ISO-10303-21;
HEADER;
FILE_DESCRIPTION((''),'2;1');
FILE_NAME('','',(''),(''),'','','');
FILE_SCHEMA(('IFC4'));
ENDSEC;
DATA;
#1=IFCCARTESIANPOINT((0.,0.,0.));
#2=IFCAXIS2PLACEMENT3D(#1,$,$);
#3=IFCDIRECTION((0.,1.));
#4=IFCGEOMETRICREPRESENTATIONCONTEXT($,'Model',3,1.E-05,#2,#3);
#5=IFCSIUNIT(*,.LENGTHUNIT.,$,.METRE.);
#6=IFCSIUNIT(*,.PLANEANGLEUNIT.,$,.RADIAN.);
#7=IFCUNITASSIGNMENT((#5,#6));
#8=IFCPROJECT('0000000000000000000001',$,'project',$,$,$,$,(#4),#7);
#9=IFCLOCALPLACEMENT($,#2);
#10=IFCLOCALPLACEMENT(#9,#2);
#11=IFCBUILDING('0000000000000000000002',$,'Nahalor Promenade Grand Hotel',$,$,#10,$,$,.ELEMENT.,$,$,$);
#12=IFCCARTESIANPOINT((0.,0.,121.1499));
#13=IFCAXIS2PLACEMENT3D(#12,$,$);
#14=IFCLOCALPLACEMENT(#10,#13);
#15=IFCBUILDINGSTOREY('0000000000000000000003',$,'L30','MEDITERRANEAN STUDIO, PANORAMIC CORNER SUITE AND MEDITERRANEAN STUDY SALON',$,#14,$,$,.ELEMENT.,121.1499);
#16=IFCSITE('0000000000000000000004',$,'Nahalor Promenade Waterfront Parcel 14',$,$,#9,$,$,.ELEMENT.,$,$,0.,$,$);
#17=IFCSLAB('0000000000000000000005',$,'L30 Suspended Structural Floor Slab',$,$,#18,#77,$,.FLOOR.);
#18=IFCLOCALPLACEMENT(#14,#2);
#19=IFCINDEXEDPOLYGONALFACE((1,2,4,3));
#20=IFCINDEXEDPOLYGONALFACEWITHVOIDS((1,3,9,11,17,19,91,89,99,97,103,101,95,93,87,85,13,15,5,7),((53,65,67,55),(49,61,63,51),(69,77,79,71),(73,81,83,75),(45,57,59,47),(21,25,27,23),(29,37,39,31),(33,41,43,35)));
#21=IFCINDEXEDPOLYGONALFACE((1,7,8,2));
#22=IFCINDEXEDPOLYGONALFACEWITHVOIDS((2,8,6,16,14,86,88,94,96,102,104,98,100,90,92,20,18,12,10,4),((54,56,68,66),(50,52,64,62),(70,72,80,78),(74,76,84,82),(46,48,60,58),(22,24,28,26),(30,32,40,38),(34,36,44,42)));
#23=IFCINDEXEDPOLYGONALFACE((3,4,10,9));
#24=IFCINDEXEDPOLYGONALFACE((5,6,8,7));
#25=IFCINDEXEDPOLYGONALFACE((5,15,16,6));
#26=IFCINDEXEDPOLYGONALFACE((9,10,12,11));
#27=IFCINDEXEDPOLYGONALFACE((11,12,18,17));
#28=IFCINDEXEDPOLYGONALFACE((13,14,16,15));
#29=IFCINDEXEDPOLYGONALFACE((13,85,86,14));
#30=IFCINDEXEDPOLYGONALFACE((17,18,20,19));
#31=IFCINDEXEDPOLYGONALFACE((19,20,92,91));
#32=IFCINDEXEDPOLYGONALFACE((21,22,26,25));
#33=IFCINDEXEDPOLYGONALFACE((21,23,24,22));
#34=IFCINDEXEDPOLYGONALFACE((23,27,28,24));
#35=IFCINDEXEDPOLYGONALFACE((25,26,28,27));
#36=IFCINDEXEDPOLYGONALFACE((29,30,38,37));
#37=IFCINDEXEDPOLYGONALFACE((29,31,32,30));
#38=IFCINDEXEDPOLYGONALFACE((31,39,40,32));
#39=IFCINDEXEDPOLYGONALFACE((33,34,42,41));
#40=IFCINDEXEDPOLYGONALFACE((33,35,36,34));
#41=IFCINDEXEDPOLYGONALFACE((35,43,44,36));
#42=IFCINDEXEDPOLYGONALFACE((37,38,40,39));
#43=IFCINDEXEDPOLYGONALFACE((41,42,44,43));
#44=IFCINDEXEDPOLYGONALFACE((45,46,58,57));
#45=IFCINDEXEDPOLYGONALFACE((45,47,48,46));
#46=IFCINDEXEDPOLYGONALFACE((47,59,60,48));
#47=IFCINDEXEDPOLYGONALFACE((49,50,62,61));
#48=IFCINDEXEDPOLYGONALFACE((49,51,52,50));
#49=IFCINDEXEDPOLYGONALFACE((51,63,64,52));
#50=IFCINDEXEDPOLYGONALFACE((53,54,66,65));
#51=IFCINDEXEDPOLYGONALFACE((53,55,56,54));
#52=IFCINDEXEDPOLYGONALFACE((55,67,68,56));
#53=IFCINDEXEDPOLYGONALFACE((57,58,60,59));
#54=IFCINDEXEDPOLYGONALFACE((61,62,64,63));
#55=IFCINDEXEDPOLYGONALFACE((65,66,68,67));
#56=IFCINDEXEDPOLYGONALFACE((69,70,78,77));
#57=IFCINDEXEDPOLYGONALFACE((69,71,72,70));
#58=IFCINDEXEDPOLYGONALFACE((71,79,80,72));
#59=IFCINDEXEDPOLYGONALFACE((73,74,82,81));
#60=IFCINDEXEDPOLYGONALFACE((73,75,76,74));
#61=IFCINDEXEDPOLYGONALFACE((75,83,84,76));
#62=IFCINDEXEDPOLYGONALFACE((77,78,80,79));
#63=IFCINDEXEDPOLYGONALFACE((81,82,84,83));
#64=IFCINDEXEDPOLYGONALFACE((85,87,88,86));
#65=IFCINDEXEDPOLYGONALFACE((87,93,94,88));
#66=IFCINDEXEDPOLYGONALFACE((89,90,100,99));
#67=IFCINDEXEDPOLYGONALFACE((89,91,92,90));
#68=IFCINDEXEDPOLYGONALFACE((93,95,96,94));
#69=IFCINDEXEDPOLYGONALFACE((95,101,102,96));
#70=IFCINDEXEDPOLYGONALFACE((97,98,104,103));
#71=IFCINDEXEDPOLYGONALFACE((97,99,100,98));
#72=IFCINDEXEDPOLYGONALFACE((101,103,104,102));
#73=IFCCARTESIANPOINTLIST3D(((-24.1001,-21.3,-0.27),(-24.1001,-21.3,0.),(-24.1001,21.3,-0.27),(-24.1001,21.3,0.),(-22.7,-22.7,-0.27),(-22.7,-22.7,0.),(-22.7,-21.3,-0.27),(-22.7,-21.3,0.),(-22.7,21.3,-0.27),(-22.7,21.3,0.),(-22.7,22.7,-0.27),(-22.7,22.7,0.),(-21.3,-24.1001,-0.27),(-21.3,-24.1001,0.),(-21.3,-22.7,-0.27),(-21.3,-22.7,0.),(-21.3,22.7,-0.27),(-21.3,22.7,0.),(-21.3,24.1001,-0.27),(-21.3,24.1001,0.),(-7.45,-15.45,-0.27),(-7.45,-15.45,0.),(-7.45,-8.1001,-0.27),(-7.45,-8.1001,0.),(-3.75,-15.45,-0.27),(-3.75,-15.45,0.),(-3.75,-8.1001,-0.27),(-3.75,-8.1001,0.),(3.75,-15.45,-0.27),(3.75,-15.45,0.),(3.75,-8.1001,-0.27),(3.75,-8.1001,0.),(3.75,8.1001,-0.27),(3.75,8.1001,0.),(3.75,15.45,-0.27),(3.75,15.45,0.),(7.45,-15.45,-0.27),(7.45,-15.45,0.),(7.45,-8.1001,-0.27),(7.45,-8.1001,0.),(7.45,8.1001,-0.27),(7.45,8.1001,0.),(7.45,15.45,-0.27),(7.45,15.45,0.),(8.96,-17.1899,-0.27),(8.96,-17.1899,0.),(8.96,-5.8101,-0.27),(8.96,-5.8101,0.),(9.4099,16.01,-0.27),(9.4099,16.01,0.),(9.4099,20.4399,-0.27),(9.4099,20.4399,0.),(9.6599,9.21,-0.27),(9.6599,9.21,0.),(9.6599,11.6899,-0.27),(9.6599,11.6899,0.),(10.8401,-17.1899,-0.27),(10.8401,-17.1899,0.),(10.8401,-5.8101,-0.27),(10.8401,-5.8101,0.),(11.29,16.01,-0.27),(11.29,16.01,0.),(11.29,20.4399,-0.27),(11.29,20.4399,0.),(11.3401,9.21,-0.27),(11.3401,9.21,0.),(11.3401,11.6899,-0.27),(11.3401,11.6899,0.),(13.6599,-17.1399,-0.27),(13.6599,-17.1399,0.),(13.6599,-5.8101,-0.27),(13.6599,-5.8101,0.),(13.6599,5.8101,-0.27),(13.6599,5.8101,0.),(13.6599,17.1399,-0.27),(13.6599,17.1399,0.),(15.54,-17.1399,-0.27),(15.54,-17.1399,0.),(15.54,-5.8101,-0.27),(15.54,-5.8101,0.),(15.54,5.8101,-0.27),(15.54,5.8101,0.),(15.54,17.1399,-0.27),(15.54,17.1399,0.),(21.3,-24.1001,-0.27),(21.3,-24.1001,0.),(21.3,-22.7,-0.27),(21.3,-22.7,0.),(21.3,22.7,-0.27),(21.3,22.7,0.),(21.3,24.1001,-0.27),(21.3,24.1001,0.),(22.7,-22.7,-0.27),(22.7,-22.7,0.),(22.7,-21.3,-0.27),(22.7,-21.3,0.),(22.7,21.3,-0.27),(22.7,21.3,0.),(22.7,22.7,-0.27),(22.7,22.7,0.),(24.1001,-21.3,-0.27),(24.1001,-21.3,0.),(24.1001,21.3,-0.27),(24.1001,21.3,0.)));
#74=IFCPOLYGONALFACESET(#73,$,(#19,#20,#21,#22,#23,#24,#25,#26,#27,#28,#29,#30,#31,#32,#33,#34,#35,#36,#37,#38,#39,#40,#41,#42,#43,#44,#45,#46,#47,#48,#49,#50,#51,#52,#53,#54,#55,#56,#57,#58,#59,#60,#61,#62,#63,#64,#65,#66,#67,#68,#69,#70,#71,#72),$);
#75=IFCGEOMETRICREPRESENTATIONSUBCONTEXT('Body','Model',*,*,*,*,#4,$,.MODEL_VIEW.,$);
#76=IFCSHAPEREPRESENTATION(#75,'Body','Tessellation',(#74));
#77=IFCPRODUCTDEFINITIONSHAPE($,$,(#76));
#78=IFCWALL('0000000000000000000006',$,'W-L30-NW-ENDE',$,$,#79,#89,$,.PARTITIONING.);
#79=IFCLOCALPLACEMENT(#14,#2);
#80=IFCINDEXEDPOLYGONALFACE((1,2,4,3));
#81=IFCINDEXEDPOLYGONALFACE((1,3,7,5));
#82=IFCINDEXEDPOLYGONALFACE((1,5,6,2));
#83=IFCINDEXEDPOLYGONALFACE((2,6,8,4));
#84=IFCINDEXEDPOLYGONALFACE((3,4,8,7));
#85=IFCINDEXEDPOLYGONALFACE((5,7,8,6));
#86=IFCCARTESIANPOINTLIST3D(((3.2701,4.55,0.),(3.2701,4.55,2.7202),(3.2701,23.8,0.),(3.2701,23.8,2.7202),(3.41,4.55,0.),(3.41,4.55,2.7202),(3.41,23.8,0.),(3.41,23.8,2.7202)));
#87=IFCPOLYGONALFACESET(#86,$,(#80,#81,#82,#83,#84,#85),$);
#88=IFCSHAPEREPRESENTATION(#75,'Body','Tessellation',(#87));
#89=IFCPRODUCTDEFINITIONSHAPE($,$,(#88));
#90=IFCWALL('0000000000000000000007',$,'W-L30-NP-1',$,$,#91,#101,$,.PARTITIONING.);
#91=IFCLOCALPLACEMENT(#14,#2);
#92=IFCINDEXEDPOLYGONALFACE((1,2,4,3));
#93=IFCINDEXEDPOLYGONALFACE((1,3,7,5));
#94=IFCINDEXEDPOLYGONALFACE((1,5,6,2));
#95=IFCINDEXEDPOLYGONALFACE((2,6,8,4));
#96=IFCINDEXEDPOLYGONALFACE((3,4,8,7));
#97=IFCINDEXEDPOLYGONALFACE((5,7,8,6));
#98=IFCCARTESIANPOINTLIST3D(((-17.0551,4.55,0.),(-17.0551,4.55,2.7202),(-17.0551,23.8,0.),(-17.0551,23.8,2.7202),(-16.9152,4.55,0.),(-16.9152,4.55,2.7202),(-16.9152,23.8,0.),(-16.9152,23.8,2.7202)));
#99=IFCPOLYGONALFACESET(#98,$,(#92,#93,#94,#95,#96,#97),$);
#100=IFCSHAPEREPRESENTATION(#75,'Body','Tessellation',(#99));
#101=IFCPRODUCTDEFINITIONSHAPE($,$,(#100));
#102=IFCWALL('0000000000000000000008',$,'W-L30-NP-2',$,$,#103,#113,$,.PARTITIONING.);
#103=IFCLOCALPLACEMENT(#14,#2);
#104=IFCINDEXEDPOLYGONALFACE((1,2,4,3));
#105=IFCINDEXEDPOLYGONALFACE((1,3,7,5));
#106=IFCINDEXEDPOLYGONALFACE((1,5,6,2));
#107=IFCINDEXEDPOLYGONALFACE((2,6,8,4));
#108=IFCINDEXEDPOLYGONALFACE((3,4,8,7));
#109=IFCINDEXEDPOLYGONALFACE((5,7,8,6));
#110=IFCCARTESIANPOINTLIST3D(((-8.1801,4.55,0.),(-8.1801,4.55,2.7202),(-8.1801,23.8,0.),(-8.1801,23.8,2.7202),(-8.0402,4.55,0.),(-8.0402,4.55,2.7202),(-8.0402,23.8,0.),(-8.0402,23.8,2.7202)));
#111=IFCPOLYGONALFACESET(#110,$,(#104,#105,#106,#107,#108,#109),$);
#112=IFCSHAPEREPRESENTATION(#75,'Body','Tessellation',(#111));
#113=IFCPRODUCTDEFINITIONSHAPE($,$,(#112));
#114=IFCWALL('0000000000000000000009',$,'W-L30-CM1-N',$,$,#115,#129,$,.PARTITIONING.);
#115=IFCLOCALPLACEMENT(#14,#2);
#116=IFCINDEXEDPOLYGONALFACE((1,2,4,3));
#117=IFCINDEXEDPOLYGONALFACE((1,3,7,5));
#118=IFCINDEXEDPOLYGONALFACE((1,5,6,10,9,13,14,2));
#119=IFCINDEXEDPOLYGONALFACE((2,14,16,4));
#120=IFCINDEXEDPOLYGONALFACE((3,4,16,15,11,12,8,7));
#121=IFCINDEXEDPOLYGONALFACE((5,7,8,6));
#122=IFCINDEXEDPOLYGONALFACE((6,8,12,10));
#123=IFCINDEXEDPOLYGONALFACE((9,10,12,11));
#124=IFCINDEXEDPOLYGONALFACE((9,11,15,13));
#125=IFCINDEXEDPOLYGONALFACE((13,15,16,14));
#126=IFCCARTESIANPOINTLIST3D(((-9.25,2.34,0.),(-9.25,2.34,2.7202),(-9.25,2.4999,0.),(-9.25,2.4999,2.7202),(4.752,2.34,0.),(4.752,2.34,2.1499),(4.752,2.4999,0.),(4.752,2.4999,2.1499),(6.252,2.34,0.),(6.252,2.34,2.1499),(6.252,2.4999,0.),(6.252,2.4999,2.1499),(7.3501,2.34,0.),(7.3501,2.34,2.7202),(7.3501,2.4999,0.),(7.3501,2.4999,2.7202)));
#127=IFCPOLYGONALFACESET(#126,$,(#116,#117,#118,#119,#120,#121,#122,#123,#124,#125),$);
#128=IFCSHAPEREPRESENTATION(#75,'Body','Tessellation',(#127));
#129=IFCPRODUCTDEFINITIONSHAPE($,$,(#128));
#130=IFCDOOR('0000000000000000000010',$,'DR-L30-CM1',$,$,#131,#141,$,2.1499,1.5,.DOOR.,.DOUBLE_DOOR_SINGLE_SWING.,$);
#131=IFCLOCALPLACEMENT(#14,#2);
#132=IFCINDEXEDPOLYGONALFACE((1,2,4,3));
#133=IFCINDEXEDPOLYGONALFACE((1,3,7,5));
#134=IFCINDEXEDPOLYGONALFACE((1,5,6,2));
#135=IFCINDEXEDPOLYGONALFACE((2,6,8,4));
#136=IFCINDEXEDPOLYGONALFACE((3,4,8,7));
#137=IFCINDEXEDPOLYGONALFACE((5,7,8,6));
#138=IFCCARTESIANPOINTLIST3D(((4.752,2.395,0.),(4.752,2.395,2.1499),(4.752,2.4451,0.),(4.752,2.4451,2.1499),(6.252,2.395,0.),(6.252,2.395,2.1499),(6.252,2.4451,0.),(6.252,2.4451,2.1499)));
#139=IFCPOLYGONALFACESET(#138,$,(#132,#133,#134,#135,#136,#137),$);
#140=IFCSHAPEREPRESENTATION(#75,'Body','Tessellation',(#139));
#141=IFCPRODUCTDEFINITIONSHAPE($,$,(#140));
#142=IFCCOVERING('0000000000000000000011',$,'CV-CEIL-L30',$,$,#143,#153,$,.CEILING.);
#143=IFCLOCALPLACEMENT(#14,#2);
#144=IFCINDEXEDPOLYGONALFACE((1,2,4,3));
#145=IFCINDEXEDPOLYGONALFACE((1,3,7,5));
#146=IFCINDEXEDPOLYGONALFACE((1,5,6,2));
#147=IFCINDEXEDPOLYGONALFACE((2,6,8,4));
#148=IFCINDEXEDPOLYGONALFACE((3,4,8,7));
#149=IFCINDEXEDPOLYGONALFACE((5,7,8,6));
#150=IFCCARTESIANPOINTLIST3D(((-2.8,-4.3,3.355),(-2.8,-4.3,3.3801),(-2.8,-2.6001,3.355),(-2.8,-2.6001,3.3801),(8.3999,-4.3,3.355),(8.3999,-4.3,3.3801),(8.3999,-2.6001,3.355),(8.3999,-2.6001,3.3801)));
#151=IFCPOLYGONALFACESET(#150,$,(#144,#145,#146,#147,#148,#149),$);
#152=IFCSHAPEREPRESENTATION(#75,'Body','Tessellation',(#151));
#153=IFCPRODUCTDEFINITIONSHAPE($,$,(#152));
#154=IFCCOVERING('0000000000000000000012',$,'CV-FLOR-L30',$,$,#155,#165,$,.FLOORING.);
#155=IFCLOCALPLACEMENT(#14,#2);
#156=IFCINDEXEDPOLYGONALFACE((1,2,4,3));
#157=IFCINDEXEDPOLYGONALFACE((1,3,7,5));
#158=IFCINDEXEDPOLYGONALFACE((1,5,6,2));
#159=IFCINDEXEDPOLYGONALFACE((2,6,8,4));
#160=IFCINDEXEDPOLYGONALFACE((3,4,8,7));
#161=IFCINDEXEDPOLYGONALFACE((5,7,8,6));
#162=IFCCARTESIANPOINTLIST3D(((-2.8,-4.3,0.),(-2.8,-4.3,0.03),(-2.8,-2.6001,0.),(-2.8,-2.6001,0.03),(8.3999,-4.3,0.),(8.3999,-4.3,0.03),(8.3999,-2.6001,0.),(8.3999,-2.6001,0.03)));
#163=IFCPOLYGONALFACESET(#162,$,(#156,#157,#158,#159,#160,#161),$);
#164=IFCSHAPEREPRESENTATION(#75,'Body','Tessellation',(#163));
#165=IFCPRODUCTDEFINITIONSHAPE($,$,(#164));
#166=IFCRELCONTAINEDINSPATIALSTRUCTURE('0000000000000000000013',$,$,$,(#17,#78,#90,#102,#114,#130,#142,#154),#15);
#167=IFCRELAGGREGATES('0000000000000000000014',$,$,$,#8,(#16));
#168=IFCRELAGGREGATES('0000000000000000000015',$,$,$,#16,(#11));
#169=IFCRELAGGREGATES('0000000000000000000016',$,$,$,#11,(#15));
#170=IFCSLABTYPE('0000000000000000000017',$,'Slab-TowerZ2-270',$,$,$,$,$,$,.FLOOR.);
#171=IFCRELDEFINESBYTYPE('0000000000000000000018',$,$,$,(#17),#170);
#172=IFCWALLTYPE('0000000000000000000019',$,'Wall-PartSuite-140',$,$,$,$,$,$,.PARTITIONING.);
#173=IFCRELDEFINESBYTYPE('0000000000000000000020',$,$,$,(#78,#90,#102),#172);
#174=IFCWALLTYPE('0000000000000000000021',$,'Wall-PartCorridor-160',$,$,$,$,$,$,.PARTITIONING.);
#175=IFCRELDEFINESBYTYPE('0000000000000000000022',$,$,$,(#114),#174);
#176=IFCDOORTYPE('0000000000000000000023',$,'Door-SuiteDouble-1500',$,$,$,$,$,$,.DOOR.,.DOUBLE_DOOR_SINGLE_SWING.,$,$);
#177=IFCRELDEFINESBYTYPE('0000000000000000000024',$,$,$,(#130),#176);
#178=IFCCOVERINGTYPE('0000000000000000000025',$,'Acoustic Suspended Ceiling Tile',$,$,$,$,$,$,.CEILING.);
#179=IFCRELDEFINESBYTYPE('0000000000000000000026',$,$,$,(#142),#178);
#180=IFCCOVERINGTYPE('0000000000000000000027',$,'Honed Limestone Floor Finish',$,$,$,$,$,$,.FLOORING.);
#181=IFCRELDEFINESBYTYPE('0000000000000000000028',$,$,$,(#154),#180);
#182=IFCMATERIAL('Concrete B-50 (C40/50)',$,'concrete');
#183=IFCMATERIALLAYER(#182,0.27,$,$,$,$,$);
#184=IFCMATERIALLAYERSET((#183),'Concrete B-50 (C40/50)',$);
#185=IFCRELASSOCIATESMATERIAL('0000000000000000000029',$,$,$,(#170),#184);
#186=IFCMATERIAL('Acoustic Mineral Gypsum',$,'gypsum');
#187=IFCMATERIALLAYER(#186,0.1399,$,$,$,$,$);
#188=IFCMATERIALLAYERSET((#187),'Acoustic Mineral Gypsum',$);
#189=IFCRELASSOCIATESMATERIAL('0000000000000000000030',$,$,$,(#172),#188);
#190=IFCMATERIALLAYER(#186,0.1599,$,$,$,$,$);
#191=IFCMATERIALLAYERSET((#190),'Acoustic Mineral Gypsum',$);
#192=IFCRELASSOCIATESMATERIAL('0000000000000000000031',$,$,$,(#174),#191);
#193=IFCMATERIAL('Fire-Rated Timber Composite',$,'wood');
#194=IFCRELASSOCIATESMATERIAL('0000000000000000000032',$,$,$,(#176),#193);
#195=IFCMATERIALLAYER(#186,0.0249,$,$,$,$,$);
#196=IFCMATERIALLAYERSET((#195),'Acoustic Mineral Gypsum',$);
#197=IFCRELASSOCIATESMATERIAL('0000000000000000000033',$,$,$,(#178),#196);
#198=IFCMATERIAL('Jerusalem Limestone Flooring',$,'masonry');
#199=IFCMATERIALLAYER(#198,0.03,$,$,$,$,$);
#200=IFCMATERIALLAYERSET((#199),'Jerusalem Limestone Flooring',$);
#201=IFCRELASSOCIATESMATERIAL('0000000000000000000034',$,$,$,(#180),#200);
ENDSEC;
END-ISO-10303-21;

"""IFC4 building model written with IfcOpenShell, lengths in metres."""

from ifc_helpers import new_model, si_unit, direction, frame, frame_2d, origin, place, context, subcontext, project, spatial, polyline, rectangle, outline, extrude, source, transform, mapped, material, layer, layer_set, type_object, element, fill, save


model = new_model("IFC4")

# Units and contexts
model_context = context("Model", 3, precision=1e-05, world=origin(), true_north=direction((0.0, 1.0)))
body_context = subcontext(model_context, "Body", "Model", "MODEL_VIEW")
ifc_project = project(units=[si_unit("LENGTHUNIT", "METRE"), si_unit("PLANEANGLEUNIT", "RADIAN")], contexts=[model_context])

# Site, building, storey
site_placement = place(None, origin())
site = spatial("IfcSite", under=ifc_project, at=site_placement, Name="Nahalor Promenade Waterfront Parcel 14", CompositionType="ELEMENT", RefElevation=0.0)
building_placement = place(site_placement, origin())
building = spatial("IfcBuilding", under=site, at=building_placement, Name="Nahalor Promenade Grand Hotel", CompositionType="ELEMENT")
storey_placement = place(building_placement, frame((0.0, 0.0, 121.1499)))
storey = spatial("IfcBuildingStorey", under=building, at=storey_placement, Name="L30", Description="MEDITERRANEAN STUDIO, PANORAMIC CORNER SUITE AND MEDITERRANEAN STUDY SALON", CompositionType="ELEMENT", Elevation=121.1499)

# Shared definitions
ifc_material_1 = material(Name="Concrete B-50 (C40/50)", Category="concrete")

# Slab
ifc_layer_1 = layer(ifc_material_1, 0.27)
ifc_layer_set_1 = layer_set([ifc_layer_1], Name="Concrete B-50 (C40/50)")
slab_type_1 = type_object("IfcSlabType", Name="Slab-TowerZ2-270", PredefinedType="FLOOR", material=ifc_layer_set_1)
slab_1_placement = place(storey_placement, frame((0.0, 0.0, -0.27)))
element("IfcSlab", 1, at=slab_1_placement, inside=storey, type_object=slab_type_1, Name="L30 Suspended Structural Floor Slab", PredefinedType="FLOOR", context=body_context, shape_type="SweptSolid", body=[
    extrude(outline(polyline([(-21.3, -24.1001), (21.3, -24.1001), (21.3, -22.7), (22.7, -22.7), (22.7, -21.3), (24.1001, -21.3), (24.1001, 21.3), (22.7, 21.3), (22.7, 22.7), (21.3, 22.7), (21.3, 24.1001), (-21.3, 24.1001), (-21.3, 22.7), (-22.7, 22.7), (-22.7, 21.3), (-24.1001, 21.3), (-24.1001, -21.3), (-22.7, -21.3), (-22.7, -22.7), (-21.3, -22.7), (-21.3, -24.1001)]), holes=[polyline([(3.75, 8.1001), (7.45, 8.1001), (7.45, 15.45), (3.75, 15.45), (3.75, 8.1001)]), polyline([(3.75, -15.45), (7.45, -15.45), (7.45, -8.1001), (3.75, -8.1001), (3.75, -15.45)]), polyline([(-7.45, -15.45), (-3.75, -15.45), (-3.75, -8.1001), (-7.45, -8.1001), (-7.45, -15.45)]), polyline([(13.6599, 5.8101), (15.54, 5.8101), (15.54, 17.1399), (13.6599, 17.1399), (13.6599, 5.8101)]), polyline([(13.6599, -17.1399), (15.54, -17.1399), (15.54, -5.8101), (13.6599, -5.8101), (13.6599, -17.1399)]), polyline([(8.96, -17.1899), (10.8401, -17.1899), (10.8401, -5.8101), (8.96, -5.8101), (8.96, -17.1899)]), polyline([(9.4099, 16.01), (11.29, 16.01), (11.29, 20.4399), (9.4099, 20.4399), (9.4099, 16.01)]), polyline([(9.6599, 9.21), (11.3401, 9.21), (11.3401, 11.6899), (9.6599, 11.6899), (9.6599, 9.21)])]), origin(), (0.0, 0.0, 1.0), 0.27),
])

# Walls
ifc_material_2 = material(Name="Acoustic Mineral Gypsum", Category="gypsum")
ifc_layer_2 = layer(ifc_material_2, 0.1399)
ifc_layer_set_2 = layer_set([ifc_layer_2], Name="Acoustic Mineral Gypsum")
wall_type_1 = type_object("IfcWallType", Name="Wall-PartSuite-140", PredefinedType="PARTITIONING", material=ifc_layer_set_2)
shared_shape_1 = source(origin(), body_context, "Body", "SweptSolid", [
    extrude(rectangle(XDim=19.25, YDim=0.1399, at=frame_2d((9.625, 0.0))), origin(), (0.0, 0.0, 1.0), 2.7202),
])
for number, where, z_axis, x_axis, name in (
    (2, (3.3401, 4.55, 0.0), (0.0, 0.0, 1.0), (0.0, 1.0, 0.0), "W-L30-NW-ENDE"),
    (3, (-16.9851, 4.55, 0.0), (0.0, 0.0, 1.0), (0.0, 1.0, 0.0), "W-L30-NP-1"),
    (4, (-8.1101, 4.55, 0.0), (0.0, 0.0, 1.0), (0.0, 1.0, 0.0), "W-L30-NP-2"),
):
    element("IfcWall", number, at=place(storey_placement, frame(where, z_axis=z_axis, x_axis=x_axis)), inside=storey, type_object=wall_type_1, Name=name, PredefinedType="PARTITIONING", context=body_context, shape_type="MappedRepresentation", body=[
        mapped(shared_shape_1, transform((0.0, 0.0, 0.0), scale=1.0)),
    ])

# Wall, opening, door
ifc_layer_3 = layer(ifc_material_2, 0.1599)
ifc_layer_set_3 = layer_set([ifc_layer_3], Name="Acoustic Mineral Gypsum")
wall_type_2 = type_object("IfcWallType", Name="Wall-PartCorridor-160", PredefinedType="PARTITIONING", material=ifc_layer_set_3)
shared_shape_2 = source(origin(), body_context, "Body", "SweptSolid", [
    extrude(rectangle(XDim=16.6001, YDim=0.1599, at=frame_2d((8.3, 0.0))), origin(), (0.0, 0.0, 1.0), 2.7202),
])
wall_placement = place(storey_placement, frame((-9.25, 2.4199, 0.0), z_axis=(0.0, 0.0, 1.0), x_axis=(1.0, 0.0, 0.0)))
wall = element("IfcWall", 5, at=wall_placement, inside=storey, type_object=wall_type_2, Name="W-L30-CM1-N", PredefinedType="PARTITIONING", context=body_context, shape_type="MappedRepresentation", body=[
    mapped(shared_shape_2, transform((0.0, 0.0, 0.0), scale=1.0)),
])
opening_placement = place(wall_placement, frame((14.002, 0.0, 0.0)))
opening = element("IfcOpeningElement", 6, at=opening_placement, cuts=wall, PredefinedType="OPENING", context=body_context, shape_type="SweptSolid", body=[
    extrude(rectangle(XDim=1.5, YDim=2.1499, at=frame_2d((0.75, 1.075))), frame((0.0, 0.0898, 0.0), z_axis=(0.0, -1.0, 0.0), x_axis=(1.0, 0.0, 0.0)), (0.0, 0.0, 1.0), 0.1799),
])
ifc_material_3 = material(Name="Fire-Rated Timber Composite", Category="wood")
door_type = type_object("IfcDoorType", Name="Door-SuiteDouble-1500", OperationType="DOUBLE_DOOR_SINGLE_SWING", PredefinedType="DOOR", material=ifc_material_3)
shared_shape_3 = source(origin(), body_context, "Body", "SweptSolid", [
    extrude(rectangle(XDim=1.5, YDim=2.1499, at=frame_2d((0.75, 1.075))), frame((0.0, 0.0249, 0.0), z_axis=(0.0, -1.0, 0.0), x_axis=(1.0, 0.0, 0.0)), (0.0, 0.0, 1.0), 0.05),
])
door_placement = place(opening_placement, frame((1.5, 0.0, 0.0), z_axis=(0.0, 0.0, 1.0), x_axis=(-1.0, 0.0, 0.0)))
door = element("IfcDoor", 7, at=door_placement, inside=storey, type_object=door_type, Name="DR-L30-CM1", OperationType="DOUBLE_DOOR_SINGLE_SWING", OverallHeight=2.1499, OverallWidth=1.5, PredefinedType="DOOR", context=body_context, shape_type="MappedRepresentation", body=[
    mapped(shared_shape_3, transform((0.0, 0.0, 0.0), scale=1.0)),
])
fill(opening, door)

# Coverings
ifc_layer_4 = layer(ifc_material_2, 0.0249)
ifc_layer_set_4 = layer_set([ifc_layer_4], Name="Acoustic Mineral Gypsum")
covering_type_1 = type_object("IfcCoveringType", Name="Acoustic Suspended Ceiling Tile", PredefinedType="CEILING", material=ifc_layer_set_4)
covering_1_placement = place(storey_placement, frame((0.0, 0.0, 3.355)))
element("IfcCovering", 8, at=covering_1_placement, inside=storey, type_object=covering_type_1, Name="CV-CEIL-L30", PredefinedType="CEILING", context=body_context, shape_type="SweptSolid", body=[
    extrude(outline(polyline([(-2.8, -4.3), (8.3999, -4.3), (8.3999, -2.6001), (-2.8, -2.6001), (-2.8, -4.3)])), origin(), (0.0, 0.0, 1.0), 0.0251),
])
ifc_material_4 = material(Name="Jerusalem Limestone Flooring", Category="masonry")
ifc_layer_5 = layer(ifc_material_4, 0.03)
ifc_layer_set_5 = layer_set([ifc_layer_5], Name="Jerusalem Limestone Flooring")
covering_type_2 = type_object("IfcCoveringType", Name="Honed Limestone Floor Finish", PredefinedType="FLOORING", material=ifc_layer_set_5)
covering_2_placement = place(storey_placement, origin())
element("IfcCovering", 9, at=covering_2_placement, inside=storey, type_object=covering_type_2, Name="CV-FLOR-L30", PredefinedType="FLOORING", context=body_context, shape_type="SweptSolid", body=[
    extrude(outline(polyline([(-2.8, -4.3), (8.3999, -4.3), (8.3999, -2.6001), (-2.8, -2.6001), (-2.8, -4.3)])), origin(), (0.0, 0.0, 1.0), 0.03),
])

save(model, "model.ifc")
